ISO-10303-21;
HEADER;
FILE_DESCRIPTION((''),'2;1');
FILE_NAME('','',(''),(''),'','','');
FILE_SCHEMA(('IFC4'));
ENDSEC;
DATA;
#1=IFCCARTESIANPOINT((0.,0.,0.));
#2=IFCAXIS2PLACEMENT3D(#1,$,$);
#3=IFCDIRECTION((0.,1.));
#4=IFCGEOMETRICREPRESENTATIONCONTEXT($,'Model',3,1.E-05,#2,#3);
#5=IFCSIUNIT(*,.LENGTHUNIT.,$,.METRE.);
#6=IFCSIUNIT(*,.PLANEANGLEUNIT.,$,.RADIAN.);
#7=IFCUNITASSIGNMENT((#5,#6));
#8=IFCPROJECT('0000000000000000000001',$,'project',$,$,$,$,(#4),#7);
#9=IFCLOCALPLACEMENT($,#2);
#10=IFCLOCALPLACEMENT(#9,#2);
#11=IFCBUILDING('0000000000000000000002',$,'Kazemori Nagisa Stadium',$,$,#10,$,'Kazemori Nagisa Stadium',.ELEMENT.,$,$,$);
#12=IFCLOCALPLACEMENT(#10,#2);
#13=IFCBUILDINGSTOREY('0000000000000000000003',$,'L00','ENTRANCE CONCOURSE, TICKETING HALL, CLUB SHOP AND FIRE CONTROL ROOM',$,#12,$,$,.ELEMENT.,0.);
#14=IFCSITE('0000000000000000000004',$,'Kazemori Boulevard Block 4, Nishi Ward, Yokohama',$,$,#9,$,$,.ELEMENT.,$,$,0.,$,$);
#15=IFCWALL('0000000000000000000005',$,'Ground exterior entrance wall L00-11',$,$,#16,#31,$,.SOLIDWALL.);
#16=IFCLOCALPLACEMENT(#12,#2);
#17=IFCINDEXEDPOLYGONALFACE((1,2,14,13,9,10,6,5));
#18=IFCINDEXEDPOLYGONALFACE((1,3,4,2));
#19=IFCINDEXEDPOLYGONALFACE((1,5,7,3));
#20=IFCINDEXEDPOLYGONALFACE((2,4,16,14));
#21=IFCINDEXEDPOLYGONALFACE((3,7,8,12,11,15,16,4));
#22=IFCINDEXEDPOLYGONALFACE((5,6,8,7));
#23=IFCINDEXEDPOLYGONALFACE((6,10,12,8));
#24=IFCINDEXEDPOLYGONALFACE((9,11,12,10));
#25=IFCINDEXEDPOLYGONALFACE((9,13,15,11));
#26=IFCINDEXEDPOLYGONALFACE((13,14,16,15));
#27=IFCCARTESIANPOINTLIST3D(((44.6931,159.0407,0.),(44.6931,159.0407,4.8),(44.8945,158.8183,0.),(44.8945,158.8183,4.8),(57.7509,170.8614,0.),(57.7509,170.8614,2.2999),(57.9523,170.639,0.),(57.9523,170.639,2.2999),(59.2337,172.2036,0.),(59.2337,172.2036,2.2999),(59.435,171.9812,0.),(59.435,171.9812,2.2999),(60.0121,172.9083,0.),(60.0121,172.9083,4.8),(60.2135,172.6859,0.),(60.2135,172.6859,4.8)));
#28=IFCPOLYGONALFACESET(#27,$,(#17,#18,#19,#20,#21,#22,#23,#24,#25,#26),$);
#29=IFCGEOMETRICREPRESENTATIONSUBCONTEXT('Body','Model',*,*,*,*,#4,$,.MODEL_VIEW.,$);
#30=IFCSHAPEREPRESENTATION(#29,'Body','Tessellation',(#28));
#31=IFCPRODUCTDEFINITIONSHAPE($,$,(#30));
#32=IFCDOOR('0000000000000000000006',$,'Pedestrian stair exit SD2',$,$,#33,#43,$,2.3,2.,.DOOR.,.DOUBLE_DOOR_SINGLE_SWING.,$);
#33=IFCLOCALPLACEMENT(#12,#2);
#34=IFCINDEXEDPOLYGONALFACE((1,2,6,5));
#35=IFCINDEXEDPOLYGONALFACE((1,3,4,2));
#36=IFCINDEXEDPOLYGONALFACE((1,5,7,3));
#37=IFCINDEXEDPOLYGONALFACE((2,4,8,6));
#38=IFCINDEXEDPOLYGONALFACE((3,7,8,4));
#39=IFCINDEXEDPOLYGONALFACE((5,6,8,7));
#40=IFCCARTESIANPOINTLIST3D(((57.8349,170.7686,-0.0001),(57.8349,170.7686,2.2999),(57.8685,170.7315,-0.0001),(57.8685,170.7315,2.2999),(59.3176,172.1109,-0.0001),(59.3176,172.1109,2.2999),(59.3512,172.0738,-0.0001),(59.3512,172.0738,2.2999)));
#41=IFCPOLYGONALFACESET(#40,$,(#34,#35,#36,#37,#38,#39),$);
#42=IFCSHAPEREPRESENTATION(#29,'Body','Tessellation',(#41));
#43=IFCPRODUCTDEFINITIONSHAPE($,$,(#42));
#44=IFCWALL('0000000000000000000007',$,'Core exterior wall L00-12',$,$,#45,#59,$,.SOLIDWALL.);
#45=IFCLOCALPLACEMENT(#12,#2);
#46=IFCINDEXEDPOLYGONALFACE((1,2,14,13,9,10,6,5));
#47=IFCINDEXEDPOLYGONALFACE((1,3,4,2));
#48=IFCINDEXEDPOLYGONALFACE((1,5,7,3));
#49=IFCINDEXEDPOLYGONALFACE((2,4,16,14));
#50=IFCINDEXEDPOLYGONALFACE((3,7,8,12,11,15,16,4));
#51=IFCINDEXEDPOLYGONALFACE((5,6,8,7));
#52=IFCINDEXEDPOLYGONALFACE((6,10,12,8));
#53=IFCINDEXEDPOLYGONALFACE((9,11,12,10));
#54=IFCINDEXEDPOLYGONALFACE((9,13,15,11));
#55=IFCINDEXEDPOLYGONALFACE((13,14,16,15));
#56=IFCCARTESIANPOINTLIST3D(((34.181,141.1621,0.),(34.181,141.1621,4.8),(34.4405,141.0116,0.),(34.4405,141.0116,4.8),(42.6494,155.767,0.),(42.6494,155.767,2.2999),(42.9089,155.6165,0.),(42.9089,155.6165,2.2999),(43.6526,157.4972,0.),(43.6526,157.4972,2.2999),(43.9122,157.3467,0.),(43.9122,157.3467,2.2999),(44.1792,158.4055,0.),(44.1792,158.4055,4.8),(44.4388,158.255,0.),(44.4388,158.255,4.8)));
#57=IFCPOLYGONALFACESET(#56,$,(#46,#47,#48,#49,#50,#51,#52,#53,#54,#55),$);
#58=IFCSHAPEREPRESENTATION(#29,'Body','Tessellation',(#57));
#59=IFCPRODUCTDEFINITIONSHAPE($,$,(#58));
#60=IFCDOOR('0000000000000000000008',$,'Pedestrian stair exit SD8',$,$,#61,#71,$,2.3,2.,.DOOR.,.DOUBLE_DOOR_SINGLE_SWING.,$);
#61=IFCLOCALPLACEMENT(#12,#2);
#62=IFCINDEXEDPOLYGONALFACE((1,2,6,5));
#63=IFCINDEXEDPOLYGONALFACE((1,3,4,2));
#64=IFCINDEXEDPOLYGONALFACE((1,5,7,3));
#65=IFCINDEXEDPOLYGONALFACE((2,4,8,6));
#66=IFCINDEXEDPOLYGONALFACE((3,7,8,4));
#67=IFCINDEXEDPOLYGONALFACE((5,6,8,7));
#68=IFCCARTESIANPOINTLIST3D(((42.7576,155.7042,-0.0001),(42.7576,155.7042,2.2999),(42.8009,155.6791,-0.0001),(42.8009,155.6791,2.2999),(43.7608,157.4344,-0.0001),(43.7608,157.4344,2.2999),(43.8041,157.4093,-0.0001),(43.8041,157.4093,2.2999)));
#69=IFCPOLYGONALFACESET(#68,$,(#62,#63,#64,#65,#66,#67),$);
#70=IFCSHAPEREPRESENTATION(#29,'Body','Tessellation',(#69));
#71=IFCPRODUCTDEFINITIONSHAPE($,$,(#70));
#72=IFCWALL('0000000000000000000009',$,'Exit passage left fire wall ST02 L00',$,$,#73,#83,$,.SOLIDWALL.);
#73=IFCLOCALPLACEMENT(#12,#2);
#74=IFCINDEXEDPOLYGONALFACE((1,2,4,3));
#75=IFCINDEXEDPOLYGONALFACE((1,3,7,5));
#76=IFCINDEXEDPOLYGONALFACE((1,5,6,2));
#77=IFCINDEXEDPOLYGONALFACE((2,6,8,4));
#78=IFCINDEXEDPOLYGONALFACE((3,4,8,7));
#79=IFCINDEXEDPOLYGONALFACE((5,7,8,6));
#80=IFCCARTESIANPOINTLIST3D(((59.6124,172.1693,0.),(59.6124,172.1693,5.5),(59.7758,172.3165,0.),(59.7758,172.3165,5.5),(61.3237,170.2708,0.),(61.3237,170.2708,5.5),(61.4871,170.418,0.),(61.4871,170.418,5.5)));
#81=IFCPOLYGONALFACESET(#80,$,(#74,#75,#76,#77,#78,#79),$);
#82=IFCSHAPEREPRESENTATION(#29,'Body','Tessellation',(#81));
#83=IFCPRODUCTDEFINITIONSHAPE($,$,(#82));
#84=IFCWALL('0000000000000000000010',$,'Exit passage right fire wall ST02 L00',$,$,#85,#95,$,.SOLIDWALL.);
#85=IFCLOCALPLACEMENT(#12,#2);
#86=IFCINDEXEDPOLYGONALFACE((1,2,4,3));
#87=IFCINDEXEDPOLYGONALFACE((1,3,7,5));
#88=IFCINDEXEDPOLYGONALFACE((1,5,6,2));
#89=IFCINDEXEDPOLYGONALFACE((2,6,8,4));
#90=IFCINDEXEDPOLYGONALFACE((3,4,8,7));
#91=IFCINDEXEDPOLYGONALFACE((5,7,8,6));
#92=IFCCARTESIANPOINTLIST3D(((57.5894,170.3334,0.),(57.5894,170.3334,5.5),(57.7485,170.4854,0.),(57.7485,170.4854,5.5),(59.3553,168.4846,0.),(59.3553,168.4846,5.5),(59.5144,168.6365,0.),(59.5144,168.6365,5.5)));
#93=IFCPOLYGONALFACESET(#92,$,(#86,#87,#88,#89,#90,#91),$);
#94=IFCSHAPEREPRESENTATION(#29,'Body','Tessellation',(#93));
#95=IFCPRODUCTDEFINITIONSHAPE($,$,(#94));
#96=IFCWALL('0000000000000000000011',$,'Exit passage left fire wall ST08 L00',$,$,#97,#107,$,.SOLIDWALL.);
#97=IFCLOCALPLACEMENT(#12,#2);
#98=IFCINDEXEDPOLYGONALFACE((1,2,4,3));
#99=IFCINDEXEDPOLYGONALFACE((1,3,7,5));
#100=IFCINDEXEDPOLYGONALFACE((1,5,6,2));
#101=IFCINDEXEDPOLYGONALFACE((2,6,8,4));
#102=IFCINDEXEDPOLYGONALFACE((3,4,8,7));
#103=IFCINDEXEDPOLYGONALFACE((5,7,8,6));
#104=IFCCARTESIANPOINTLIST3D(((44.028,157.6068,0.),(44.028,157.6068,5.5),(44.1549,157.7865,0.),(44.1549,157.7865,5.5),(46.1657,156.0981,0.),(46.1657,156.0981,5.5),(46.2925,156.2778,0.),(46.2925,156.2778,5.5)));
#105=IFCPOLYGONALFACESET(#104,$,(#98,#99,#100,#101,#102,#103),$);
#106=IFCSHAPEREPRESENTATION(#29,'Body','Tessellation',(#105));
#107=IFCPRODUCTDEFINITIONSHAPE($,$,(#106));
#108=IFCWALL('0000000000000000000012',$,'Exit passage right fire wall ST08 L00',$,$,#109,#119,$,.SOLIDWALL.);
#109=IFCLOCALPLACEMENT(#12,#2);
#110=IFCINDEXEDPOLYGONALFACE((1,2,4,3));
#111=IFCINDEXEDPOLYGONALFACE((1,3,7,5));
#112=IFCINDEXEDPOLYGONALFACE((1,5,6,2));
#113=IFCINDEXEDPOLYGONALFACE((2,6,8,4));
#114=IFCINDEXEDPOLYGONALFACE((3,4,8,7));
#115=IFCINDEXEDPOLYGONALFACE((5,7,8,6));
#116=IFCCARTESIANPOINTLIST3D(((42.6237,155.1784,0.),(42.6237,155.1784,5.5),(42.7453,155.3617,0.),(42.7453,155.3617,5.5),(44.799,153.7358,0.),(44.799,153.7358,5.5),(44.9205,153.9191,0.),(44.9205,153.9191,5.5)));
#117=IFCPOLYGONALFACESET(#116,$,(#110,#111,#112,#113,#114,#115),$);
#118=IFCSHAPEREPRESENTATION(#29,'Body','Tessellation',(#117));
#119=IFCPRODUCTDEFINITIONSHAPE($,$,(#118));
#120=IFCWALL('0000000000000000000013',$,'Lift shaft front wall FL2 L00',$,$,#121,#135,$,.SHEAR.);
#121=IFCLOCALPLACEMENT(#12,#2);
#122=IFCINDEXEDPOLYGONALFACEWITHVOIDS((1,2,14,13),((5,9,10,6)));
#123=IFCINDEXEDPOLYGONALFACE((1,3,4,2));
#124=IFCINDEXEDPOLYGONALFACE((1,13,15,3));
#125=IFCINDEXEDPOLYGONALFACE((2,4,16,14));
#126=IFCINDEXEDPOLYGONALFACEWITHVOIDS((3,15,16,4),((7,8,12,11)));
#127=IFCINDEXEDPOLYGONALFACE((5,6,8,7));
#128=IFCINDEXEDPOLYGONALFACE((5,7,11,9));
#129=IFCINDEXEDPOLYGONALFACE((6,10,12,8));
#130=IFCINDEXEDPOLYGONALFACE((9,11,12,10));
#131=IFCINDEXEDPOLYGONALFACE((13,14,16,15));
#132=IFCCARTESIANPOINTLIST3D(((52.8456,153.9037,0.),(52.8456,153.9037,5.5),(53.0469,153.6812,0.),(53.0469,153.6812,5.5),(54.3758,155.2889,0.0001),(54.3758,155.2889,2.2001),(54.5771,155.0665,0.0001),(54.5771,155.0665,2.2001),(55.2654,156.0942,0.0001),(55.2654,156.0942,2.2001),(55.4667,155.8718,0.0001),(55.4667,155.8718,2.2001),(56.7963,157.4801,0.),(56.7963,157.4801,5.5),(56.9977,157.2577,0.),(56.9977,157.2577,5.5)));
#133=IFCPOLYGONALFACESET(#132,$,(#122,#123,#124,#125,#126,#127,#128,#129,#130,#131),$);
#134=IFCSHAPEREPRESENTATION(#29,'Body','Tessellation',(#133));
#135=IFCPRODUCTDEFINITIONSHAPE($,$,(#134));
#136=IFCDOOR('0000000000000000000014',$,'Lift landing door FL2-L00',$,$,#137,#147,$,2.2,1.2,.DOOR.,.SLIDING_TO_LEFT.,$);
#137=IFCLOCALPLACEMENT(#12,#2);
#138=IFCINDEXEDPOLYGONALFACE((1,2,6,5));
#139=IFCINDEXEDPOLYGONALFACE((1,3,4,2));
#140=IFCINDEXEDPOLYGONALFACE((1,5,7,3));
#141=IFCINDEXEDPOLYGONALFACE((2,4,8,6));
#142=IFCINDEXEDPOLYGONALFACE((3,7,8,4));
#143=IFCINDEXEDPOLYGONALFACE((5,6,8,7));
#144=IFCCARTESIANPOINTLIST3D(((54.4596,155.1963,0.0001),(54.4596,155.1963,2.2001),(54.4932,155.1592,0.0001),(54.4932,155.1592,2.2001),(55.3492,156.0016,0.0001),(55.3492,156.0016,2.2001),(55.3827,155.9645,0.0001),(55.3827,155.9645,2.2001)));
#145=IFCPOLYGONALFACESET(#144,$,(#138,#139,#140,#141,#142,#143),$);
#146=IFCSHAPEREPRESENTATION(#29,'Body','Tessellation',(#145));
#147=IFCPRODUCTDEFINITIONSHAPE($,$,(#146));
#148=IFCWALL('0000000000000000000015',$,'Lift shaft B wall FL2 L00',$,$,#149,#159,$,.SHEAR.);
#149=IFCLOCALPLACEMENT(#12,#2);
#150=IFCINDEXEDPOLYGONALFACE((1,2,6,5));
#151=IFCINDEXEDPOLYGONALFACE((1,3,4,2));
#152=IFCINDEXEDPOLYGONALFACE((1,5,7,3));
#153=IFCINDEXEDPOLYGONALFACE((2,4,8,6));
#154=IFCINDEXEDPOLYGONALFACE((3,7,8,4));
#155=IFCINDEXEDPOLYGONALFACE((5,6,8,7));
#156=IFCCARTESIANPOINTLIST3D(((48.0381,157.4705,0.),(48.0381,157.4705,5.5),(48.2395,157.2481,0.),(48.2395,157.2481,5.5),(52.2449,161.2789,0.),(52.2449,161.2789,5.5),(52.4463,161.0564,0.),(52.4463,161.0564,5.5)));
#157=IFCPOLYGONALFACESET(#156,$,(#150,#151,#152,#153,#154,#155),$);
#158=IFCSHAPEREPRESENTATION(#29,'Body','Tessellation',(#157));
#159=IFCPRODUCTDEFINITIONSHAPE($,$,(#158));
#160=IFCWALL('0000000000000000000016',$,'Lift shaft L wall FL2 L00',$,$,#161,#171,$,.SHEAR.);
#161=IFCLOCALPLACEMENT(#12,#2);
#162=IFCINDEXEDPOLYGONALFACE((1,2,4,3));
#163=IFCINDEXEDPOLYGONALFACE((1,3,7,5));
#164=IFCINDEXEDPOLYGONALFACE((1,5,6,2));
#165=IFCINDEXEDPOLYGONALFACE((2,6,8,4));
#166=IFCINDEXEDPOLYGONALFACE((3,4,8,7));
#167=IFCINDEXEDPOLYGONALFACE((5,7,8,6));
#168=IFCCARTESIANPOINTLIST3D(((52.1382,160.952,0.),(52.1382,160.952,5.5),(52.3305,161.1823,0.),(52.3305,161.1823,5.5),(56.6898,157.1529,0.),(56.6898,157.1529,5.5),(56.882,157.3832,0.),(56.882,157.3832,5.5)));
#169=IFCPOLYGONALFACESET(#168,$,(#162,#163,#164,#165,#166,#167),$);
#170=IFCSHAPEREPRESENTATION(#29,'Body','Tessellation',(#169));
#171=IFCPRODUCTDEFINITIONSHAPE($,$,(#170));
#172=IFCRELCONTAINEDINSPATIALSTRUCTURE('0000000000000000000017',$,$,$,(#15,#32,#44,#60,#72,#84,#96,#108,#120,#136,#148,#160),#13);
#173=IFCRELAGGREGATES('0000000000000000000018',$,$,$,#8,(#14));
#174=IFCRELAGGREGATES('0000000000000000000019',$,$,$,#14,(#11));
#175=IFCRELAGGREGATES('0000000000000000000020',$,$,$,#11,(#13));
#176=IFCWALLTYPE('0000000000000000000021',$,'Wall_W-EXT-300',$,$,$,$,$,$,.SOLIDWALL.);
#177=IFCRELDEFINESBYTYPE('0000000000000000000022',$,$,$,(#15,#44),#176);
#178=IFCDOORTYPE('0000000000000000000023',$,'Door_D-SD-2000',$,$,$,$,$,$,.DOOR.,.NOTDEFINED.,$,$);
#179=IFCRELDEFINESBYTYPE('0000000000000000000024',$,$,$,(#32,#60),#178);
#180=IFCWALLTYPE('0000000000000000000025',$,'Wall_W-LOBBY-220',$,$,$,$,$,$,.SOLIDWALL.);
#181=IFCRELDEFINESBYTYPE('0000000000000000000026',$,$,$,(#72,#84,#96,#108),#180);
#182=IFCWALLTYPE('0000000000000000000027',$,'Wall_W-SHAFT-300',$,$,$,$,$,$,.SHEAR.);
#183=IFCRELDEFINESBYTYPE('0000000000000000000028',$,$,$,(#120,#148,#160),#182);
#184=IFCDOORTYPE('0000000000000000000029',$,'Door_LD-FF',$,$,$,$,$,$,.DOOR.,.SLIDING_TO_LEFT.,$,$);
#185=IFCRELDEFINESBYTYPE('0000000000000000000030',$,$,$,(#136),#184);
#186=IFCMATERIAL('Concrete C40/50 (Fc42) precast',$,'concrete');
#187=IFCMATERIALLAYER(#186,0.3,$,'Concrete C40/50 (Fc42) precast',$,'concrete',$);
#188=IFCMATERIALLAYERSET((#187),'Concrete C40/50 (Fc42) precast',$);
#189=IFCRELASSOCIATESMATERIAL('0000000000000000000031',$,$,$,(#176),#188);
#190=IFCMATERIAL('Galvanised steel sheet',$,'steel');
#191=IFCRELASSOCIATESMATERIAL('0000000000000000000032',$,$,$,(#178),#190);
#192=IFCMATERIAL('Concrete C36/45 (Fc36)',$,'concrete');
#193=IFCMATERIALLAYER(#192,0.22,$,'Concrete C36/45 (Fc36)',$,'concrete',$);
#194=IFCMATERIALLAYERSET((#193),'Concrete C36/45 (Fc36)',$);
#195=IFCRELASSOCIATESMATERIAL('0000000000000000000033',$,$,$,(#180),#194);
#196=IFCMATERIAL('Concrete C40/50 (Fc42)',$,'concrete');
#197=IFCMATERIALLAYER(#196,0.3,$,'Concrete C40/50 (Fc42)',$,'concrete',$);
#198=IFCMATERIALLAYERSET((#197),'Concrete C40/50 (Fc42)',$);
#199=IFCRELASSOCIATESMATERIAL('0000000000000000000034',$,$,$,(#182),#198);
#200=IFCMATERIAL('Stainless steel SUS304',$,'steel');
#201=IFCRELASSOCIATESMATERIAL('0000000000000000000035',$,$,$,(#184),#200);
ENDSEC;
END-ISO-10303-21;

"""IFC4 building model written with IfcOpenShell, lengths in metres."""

from ifc_helpers import new_model, si_unit, direction, frame, frame_2d, origin, place, context, subcontext, project, spatial, rectangle, extrude, material, layer, layer_set, type_object, element, fill, save


model = new_model("IFC4")

# Units and contexts
model_context = context("Model", 3, precision=1e-05, world=origin(), true_north=direction((0.0, 1.0)))
body_context = subcontext(model_context, "Body", "Model", "MODEL_VIEW")
ifc_project = project(units=[si_unit("LENGTHUNIT", "METRE"), si_unit("PLANEANGLEUNIT", "RADIAN")], contexts=[model_context])

# Site, building, storey
site_placement = place(None, origin())
site = spatial("IfcSite", under=ifc_project, at=site_placement, Name="Kazemori Boulevard Block 4, Nishi Ward, Yokohama", CompositionType="ELEMENT", RefElevation=0.0)
building_placement = place(site_placement, origin())
building = spatial("IfcBuilding", under=site, at=building_placement, Name="Kazemori Nagisa Stadium", LongName="Kazemori Nagisa Stadium", CompositionType="ELEMENT")
storey_placement = place(building_placement, origin())
storey = spatial("IfcBuildingStorey", under=building, at=storey_placement, Name="L00", Description="ENTRANCE CONCOURSE, TICKETING HALL, CLUB SHOP AND FIRE CONTROL ROOM", CompositionType="ELEMENT", Elevation=0.0)

# Shared definitions
ifc_material_1 = material(Name="Concrete C40/50 (Fc42)", Category="concrete")

# Shared definitions
ifc_material_2 = material(Name="Galvanised steel sheet", Category="steel")

# Walls, openings, doors
ifc_material_3 = material(Name="Concrete C40/50 (Fc42) precast", Category="concrete")
ifc_layer_1 = layer(ifc_material_3, 0.3, Name="Concrete C40/50 (Fc42) precast", Category="concrete")
ifc_layer_set_1 = layer_set([ifc_layer_1], Name="Concrete C40/50 (Fc42) precast")
wall_type_1 = type_object("IfcWallType", Name="Wall_W-EXT-300", PredefinedType="SOLIDWALL", material=ifc_layer_set_1)
wall_1_placement = place(storey_placement, frame((60.1128, 172.7971, 0.0), z_axis=(0.0, 0.0, 1.0), x_axis=(-0.741354, -0.671114, 0.0)))
wall_1 = element("IfcWall", 1, at=wall_1_placement, inside=storey, type_object=wall_type_1, Name="Ground exterior entrance wall L00-11", PredefinedType="SOLIDWALL", context=body_context, shape_type="SweptSolid", body=[
    extrude(rectangle(XDim=20.6636, YDim=0.3, at=frame_2d((10.3318, 0.0))), origin(), (0.0, 0.0, 1.0), 4.8),
])
opening_1_placement = place(wall_1_placement, frame((1.05, 0.0, 0.0)))
opening_1 = element("IfcOpeningElement", 2, at=opening_1_placement, cuts=wall_1, PredefinedType="OPENING", context=body_context, shape_type="SweptSolid", body=[
    extrude(rectangle(XDim=2.0, YDim=2.3, at=frame_2d((1.0, 1.1499))), frame((0.0, 0.1599, 0.0), z_axis=(0.0, -1.0, 0.0), x_axis=(1.0, 0.0, 0.0)), (0.0, 0.0, 1.0), 0.3201),
])
door_type_1 = type_object("IfcDoorType", Name="Door_D-SD-2000", OperationType="NOTDEFINED", PredefinedType="DOOR", material=ifc_material_2)
door_1_placement = place(opening_1_placement, frame((2.0, 0.0, 0.0), z_axis=(0.0, 0.0, 1.0), x_axis=(-1.0, 0.0, 0.0)))
door_1 = element("IfcDoor", 3, at=door_1_placement, inside=storey, type_object=door_type_1, Name="Pedestrian stair exit SD2", OperationType="DOUBLE_DOOR_SINGLE_SWING", OverallHeight=2.3, OverallWidth=2.0, PredefinedType="DOOR", context=body_context, shape_type="SweptSolid", body=[
    extrude(rectangle(XDim=2.0, YDim=2.3, at=frame_2d((1.0, 1.1499))), frame((0.0, 0.0249, 0.0), z_axis=(0.0, -1.0, 0.0), x_axis=(1.0, 0.0, 0.0)), (0.0, 0.0, 1.0), 0.05),
])
fill(opening_1, door_1)
wall_2_placement = place(storey_placement, frame((44.3091, 158.3303, 0.0), z_axis=(0.0, 0.0, 1.0), x_axis=(-0.50161, -0.865094, 0.0)))
wall_2 = element("IfcWall", 4, at=wall_2_placement, inside=storey, type_object=wall_type_1, Name="Core exterior wall L00-12", PredefinedType="SOLIDWALL", context=body_context, shape_type="SweptSolid", body=[
    extrude(rectangle(XDim=19.9324, YDim=0.3, at=frame_2d((9.9663, 0.0))), origin(), (0.0, 0.0, 1.0), 4.8),
])
opening_2_placement = place(wall_2_placement, frame((1.05, 0.0, 0.0)))
opening_2 = element("IfcOpeningElement", 5, at=opening_2_placement, cuts=wall_2, PredefinedType="OPENING", context=body_context, shape_type="SweptSolid", body=[
    extrude(rectangle(XDim=2.0, YDim=2.3, at=frame_2d((1.0, 1.1499))), frame((0.0, 0.1599, 0.0), z_axis=(0.0, -1.0, 0.0), x_axis=(1.0, 0.0, 0.0)), (0.0, 0.0, 1.0), 0.3201),
])
door_2_placement = place(opening_2_placement, frame((2.0, 0.0, 0.0), z_axis=(0.0, 0.0, 1.0), x_axis=(-1.0, 0.0, 0.0)))
door_2 = element("IfcDoor", 6, at=door_2_placement, inside=storey, type_object=door_type_1, Name="Pedestrian stair exit SD8", OperationType="DOUBLE_DOOR_SINGLE_SWING", OverallHeight=2.3, OverallWidth=2.0, PredefinedType="DOOR", context=body_context, shape_type="SweptSolid", body=[
    extrude(rectangle(XDim=2.0, YDim=2.3, at=frame_2d((1.0, 1.1499))), frame((0.0, 0.0249, 0.0), z_axis=(0.0, -1.0, 0.0), x_axis=(1.0, 0.0, 0.0)), (0.0, 0.0, 1.0), 0.05),
])
fill(opening_2, door_2)

# Walls
ifc_material_4 = material(Name="Concrete C36/45 (Fc36)", Category="concrete")
ifc_layer_2 = layer(ifc_material_4, 0.22, Name="Concrete C36/45 (Fc36)", Category="concrete")
ifc_layer_set_2 = layer_set([ifc_layer_2], Name="Concrete C36/45 (Fc36)")
wall_type_2 = type_object("IfcWallType", Name="Wall_W-LOBBY-220", PredefinedType="SOLIDWALL", material=ifc_layer_set_2)
wall_3_placement = place(storey_placement, frame((61.4053, 170.3445, 0.0), z_axis=(0.0, 0.0, 1.0), x_axis=(-0.669524, 0.74279, 0.0)))
element("IfcWall", 7, at=wall_3_placement, inside=storey, type_object=wall_type_2, Name="Exit passage left fire wall ST02 L00", PredefinedType="SOLIDWALL", context=body_context, shape_type="SweptSolid", body=[
    extrude(rectangle(XDim=2.5559, YDim=0.22, at=frame_2d((1.2778, 0.0))), origin(), (0.0, 0.0, 1.0), 5.5),
])
wall_4_placement = place(storey_placement, frame((59.4348, 168.5605, 0.0), z_axis=(0.0, 0.0, 1.0), x_axis=(-0.690687, 0.723154, 0.0)))
element("IfcWall", 8, at=wall_4_placement, inside=storey, type_object=wall_type_2, Name="Exit passage right fire wall ST02 L00", PredefinedType="SOLIDWALL", context=body_context, shape_type="SweptSolid", body=[
    extrude(rectangle(XDim=2.5566, YDim=0.22, at=frame_2d((1.2783, 0.0))), origin(), (0.0, 0.0, 1.0), 5.5),
])
wall_5_placement = place(storey_placement, frame((46.229, 156.188, 0.0), z_axis=(0.0, 0.0, 1.0), x_axis=(-0.816999, 0.576639, 0.0)))
element("IfcWall", 9, at=wall_5_placement, inside=storey, type_object=wall_type_2, Name="Exit passage left fire wall ST08 L00", PredefinedType="SOLIDWALL", context=body_context, shape_type="SweptSolid", body=[
    extrude(rectangle(XDim=2.6165, YDim=0.22, at=frame_2d((1.3081, 0.0))), origin(), (0.0, 0.0, 1.0), 5.5),
])
wall_6_placement = place(storey_placement, frame((44.8599, 153.8274, 0.0), z_axis=(0.0, 0.0, 1.0), x_axis=(-0.833386, 0.552691, 0.0)))
element("IfcWall", 10, at=wall_6_placement, inside=storey, type_object=wall_type_2, Name="Exit passage right fire wall ST08 L00", PredefinedType="SOLIDWALL", context=body_context, shape_type="SweptSolid", body=[
    extrude(rectangle(XDim=2.6101, YDim=0.22, at=frame_2d((1.3052, 0.0))), origin(), (0.0, 0.0, 1.0), 5.5),
])

# Wall, opening, door
ifc_layer_3 = layer(ifc_material_1, 0.3, Name="Concrete C40/50 (Fc42)", Category="concrete")
ifc_layer_set_3 = layer_set([ifc_layer_3], Name="Concrete C40/50 (Fc42)")
wall_type_3 = type_object("IfcWallType", Name="Wall_W-SHAFT-300", PredefinedType="SHEAR", material=ifc_layer_set_3)
wall_7_placement = place(storey_placement, frame((56.897, 157.3689, 0.0), z_axis=(0.0, 0.0, 1.0), x_axis=(-0.74135, -0.671118, 0.0)))
wall_7 = element("IfcWall", 11, at=wall_7_placement, inside=storey, type_object=wall_type_3, Name="Lift shaft front wall FL2 L00", PredefinedType="SHEAR", context=body_context, shape_type="SweptSolid", body=[
    extrude(rectangle(XDim=5.3291, YDim=0.3, at=frame_2d((2.6646, 0.0))), origin(), (0.0, 0.0, 1.0), 5.5),
])
opening_3_placement = place(wall_7_placement, frame((2.0649, 0.0, 0.0)))
opening_3 = element("IfcOpeningElement", 12, at=opening_3_placement, cuts=wall_7, PredefinedType="OPENING", context=body_context, shape_type="SweptSolid", body=[
    extrude(rectangle(XDim=1.2, YDim=2.2, at=frame_2d((0.6001, 1.1001))), frame((0.0, 0.1599, 0.0), z_axis=(0.0, -1.0, 0.0), x_axis=(1.0, 0.0, 0.0)), (0.0, 0.0, 1.0), 0.3201),
])
ifc_material_5 = material(Name="Stainless steel SUS304", Category="steel")
door_type_2 = type_object("IfcDoorType", Name="Door_LD-FF", OperationType="SLIDING_TO_LEFT", PredefinedType="DOOR", material=ifc_material_5)
door_3_placement = place(opening_3_placement, origin())
door_3 = element("IfcDoor", 13, at=door_3_placement, inside=storey, type_object=door_type_2, Name="Lift landing door FL2-L00", OperationType="SLIDING_TO_LEFT", OverallHeight=2.2, OverallWidth=1.2, PredefinedType="DOOR", context=body_context, shape_type="SweptSolid", body=[
    extrude(rectangle(XDim=1.2, YDim=2.2, at=frame_2d((0.6001, 1.1001))), frame((0.0, 0.0249, 0.0), z_axis=(0.0, -1.0, 0.0), x_axis=(1.0, 0.0, 0.0)), (0.0, 0.0, 1.0), 0.05),
])
fill(opening_3, door_3)

# Walls
wall_8_placement = place(storey_placement, frame((52.3457, 161.1677, 0.0), z_axis=(0.0, 0.0, 1.0), x_axis=(-0.741342, -0.671127, 0.0)))
element("IfcWall", 14, at=wall_8_placement, inside=storey, type_object=wall_type_3, Name="Lift shaft B wall FL2 L00", PredefinedType="SHEAR", context=body_context, shape_type="SweptSolid", body=[
    extrude(rectangle(XDim=5.6746, YDim=0.3, at=frame_2d((2.8374, 0.0))), origin(), (0.0, 0.0, 1.0), 5.5),
])
wall_9_placement = place(storey_placement, frame((56.7859, 157.2681, 0.0), z_axis=(0.0, 0.0, 1.0), x_axis=(-0.767711, 0.640796, 0.0)))
element("IfcWall", 15, at=wall_9_placement, inside=storey, type_object=wall_type_3, Name="Lift shaft L wall FL2 L00", PredefinedType="SHEAR", context=body_context, shape_type="SweptSolid", body=[
    extrude(rectangle(XDim=5.9287, YDim=0.3, at=frame_2d((2.9644, 0.0))), origin(), (0.0, 0.0, 1.0), 5.5),
])

save(model, "model.ifc")
